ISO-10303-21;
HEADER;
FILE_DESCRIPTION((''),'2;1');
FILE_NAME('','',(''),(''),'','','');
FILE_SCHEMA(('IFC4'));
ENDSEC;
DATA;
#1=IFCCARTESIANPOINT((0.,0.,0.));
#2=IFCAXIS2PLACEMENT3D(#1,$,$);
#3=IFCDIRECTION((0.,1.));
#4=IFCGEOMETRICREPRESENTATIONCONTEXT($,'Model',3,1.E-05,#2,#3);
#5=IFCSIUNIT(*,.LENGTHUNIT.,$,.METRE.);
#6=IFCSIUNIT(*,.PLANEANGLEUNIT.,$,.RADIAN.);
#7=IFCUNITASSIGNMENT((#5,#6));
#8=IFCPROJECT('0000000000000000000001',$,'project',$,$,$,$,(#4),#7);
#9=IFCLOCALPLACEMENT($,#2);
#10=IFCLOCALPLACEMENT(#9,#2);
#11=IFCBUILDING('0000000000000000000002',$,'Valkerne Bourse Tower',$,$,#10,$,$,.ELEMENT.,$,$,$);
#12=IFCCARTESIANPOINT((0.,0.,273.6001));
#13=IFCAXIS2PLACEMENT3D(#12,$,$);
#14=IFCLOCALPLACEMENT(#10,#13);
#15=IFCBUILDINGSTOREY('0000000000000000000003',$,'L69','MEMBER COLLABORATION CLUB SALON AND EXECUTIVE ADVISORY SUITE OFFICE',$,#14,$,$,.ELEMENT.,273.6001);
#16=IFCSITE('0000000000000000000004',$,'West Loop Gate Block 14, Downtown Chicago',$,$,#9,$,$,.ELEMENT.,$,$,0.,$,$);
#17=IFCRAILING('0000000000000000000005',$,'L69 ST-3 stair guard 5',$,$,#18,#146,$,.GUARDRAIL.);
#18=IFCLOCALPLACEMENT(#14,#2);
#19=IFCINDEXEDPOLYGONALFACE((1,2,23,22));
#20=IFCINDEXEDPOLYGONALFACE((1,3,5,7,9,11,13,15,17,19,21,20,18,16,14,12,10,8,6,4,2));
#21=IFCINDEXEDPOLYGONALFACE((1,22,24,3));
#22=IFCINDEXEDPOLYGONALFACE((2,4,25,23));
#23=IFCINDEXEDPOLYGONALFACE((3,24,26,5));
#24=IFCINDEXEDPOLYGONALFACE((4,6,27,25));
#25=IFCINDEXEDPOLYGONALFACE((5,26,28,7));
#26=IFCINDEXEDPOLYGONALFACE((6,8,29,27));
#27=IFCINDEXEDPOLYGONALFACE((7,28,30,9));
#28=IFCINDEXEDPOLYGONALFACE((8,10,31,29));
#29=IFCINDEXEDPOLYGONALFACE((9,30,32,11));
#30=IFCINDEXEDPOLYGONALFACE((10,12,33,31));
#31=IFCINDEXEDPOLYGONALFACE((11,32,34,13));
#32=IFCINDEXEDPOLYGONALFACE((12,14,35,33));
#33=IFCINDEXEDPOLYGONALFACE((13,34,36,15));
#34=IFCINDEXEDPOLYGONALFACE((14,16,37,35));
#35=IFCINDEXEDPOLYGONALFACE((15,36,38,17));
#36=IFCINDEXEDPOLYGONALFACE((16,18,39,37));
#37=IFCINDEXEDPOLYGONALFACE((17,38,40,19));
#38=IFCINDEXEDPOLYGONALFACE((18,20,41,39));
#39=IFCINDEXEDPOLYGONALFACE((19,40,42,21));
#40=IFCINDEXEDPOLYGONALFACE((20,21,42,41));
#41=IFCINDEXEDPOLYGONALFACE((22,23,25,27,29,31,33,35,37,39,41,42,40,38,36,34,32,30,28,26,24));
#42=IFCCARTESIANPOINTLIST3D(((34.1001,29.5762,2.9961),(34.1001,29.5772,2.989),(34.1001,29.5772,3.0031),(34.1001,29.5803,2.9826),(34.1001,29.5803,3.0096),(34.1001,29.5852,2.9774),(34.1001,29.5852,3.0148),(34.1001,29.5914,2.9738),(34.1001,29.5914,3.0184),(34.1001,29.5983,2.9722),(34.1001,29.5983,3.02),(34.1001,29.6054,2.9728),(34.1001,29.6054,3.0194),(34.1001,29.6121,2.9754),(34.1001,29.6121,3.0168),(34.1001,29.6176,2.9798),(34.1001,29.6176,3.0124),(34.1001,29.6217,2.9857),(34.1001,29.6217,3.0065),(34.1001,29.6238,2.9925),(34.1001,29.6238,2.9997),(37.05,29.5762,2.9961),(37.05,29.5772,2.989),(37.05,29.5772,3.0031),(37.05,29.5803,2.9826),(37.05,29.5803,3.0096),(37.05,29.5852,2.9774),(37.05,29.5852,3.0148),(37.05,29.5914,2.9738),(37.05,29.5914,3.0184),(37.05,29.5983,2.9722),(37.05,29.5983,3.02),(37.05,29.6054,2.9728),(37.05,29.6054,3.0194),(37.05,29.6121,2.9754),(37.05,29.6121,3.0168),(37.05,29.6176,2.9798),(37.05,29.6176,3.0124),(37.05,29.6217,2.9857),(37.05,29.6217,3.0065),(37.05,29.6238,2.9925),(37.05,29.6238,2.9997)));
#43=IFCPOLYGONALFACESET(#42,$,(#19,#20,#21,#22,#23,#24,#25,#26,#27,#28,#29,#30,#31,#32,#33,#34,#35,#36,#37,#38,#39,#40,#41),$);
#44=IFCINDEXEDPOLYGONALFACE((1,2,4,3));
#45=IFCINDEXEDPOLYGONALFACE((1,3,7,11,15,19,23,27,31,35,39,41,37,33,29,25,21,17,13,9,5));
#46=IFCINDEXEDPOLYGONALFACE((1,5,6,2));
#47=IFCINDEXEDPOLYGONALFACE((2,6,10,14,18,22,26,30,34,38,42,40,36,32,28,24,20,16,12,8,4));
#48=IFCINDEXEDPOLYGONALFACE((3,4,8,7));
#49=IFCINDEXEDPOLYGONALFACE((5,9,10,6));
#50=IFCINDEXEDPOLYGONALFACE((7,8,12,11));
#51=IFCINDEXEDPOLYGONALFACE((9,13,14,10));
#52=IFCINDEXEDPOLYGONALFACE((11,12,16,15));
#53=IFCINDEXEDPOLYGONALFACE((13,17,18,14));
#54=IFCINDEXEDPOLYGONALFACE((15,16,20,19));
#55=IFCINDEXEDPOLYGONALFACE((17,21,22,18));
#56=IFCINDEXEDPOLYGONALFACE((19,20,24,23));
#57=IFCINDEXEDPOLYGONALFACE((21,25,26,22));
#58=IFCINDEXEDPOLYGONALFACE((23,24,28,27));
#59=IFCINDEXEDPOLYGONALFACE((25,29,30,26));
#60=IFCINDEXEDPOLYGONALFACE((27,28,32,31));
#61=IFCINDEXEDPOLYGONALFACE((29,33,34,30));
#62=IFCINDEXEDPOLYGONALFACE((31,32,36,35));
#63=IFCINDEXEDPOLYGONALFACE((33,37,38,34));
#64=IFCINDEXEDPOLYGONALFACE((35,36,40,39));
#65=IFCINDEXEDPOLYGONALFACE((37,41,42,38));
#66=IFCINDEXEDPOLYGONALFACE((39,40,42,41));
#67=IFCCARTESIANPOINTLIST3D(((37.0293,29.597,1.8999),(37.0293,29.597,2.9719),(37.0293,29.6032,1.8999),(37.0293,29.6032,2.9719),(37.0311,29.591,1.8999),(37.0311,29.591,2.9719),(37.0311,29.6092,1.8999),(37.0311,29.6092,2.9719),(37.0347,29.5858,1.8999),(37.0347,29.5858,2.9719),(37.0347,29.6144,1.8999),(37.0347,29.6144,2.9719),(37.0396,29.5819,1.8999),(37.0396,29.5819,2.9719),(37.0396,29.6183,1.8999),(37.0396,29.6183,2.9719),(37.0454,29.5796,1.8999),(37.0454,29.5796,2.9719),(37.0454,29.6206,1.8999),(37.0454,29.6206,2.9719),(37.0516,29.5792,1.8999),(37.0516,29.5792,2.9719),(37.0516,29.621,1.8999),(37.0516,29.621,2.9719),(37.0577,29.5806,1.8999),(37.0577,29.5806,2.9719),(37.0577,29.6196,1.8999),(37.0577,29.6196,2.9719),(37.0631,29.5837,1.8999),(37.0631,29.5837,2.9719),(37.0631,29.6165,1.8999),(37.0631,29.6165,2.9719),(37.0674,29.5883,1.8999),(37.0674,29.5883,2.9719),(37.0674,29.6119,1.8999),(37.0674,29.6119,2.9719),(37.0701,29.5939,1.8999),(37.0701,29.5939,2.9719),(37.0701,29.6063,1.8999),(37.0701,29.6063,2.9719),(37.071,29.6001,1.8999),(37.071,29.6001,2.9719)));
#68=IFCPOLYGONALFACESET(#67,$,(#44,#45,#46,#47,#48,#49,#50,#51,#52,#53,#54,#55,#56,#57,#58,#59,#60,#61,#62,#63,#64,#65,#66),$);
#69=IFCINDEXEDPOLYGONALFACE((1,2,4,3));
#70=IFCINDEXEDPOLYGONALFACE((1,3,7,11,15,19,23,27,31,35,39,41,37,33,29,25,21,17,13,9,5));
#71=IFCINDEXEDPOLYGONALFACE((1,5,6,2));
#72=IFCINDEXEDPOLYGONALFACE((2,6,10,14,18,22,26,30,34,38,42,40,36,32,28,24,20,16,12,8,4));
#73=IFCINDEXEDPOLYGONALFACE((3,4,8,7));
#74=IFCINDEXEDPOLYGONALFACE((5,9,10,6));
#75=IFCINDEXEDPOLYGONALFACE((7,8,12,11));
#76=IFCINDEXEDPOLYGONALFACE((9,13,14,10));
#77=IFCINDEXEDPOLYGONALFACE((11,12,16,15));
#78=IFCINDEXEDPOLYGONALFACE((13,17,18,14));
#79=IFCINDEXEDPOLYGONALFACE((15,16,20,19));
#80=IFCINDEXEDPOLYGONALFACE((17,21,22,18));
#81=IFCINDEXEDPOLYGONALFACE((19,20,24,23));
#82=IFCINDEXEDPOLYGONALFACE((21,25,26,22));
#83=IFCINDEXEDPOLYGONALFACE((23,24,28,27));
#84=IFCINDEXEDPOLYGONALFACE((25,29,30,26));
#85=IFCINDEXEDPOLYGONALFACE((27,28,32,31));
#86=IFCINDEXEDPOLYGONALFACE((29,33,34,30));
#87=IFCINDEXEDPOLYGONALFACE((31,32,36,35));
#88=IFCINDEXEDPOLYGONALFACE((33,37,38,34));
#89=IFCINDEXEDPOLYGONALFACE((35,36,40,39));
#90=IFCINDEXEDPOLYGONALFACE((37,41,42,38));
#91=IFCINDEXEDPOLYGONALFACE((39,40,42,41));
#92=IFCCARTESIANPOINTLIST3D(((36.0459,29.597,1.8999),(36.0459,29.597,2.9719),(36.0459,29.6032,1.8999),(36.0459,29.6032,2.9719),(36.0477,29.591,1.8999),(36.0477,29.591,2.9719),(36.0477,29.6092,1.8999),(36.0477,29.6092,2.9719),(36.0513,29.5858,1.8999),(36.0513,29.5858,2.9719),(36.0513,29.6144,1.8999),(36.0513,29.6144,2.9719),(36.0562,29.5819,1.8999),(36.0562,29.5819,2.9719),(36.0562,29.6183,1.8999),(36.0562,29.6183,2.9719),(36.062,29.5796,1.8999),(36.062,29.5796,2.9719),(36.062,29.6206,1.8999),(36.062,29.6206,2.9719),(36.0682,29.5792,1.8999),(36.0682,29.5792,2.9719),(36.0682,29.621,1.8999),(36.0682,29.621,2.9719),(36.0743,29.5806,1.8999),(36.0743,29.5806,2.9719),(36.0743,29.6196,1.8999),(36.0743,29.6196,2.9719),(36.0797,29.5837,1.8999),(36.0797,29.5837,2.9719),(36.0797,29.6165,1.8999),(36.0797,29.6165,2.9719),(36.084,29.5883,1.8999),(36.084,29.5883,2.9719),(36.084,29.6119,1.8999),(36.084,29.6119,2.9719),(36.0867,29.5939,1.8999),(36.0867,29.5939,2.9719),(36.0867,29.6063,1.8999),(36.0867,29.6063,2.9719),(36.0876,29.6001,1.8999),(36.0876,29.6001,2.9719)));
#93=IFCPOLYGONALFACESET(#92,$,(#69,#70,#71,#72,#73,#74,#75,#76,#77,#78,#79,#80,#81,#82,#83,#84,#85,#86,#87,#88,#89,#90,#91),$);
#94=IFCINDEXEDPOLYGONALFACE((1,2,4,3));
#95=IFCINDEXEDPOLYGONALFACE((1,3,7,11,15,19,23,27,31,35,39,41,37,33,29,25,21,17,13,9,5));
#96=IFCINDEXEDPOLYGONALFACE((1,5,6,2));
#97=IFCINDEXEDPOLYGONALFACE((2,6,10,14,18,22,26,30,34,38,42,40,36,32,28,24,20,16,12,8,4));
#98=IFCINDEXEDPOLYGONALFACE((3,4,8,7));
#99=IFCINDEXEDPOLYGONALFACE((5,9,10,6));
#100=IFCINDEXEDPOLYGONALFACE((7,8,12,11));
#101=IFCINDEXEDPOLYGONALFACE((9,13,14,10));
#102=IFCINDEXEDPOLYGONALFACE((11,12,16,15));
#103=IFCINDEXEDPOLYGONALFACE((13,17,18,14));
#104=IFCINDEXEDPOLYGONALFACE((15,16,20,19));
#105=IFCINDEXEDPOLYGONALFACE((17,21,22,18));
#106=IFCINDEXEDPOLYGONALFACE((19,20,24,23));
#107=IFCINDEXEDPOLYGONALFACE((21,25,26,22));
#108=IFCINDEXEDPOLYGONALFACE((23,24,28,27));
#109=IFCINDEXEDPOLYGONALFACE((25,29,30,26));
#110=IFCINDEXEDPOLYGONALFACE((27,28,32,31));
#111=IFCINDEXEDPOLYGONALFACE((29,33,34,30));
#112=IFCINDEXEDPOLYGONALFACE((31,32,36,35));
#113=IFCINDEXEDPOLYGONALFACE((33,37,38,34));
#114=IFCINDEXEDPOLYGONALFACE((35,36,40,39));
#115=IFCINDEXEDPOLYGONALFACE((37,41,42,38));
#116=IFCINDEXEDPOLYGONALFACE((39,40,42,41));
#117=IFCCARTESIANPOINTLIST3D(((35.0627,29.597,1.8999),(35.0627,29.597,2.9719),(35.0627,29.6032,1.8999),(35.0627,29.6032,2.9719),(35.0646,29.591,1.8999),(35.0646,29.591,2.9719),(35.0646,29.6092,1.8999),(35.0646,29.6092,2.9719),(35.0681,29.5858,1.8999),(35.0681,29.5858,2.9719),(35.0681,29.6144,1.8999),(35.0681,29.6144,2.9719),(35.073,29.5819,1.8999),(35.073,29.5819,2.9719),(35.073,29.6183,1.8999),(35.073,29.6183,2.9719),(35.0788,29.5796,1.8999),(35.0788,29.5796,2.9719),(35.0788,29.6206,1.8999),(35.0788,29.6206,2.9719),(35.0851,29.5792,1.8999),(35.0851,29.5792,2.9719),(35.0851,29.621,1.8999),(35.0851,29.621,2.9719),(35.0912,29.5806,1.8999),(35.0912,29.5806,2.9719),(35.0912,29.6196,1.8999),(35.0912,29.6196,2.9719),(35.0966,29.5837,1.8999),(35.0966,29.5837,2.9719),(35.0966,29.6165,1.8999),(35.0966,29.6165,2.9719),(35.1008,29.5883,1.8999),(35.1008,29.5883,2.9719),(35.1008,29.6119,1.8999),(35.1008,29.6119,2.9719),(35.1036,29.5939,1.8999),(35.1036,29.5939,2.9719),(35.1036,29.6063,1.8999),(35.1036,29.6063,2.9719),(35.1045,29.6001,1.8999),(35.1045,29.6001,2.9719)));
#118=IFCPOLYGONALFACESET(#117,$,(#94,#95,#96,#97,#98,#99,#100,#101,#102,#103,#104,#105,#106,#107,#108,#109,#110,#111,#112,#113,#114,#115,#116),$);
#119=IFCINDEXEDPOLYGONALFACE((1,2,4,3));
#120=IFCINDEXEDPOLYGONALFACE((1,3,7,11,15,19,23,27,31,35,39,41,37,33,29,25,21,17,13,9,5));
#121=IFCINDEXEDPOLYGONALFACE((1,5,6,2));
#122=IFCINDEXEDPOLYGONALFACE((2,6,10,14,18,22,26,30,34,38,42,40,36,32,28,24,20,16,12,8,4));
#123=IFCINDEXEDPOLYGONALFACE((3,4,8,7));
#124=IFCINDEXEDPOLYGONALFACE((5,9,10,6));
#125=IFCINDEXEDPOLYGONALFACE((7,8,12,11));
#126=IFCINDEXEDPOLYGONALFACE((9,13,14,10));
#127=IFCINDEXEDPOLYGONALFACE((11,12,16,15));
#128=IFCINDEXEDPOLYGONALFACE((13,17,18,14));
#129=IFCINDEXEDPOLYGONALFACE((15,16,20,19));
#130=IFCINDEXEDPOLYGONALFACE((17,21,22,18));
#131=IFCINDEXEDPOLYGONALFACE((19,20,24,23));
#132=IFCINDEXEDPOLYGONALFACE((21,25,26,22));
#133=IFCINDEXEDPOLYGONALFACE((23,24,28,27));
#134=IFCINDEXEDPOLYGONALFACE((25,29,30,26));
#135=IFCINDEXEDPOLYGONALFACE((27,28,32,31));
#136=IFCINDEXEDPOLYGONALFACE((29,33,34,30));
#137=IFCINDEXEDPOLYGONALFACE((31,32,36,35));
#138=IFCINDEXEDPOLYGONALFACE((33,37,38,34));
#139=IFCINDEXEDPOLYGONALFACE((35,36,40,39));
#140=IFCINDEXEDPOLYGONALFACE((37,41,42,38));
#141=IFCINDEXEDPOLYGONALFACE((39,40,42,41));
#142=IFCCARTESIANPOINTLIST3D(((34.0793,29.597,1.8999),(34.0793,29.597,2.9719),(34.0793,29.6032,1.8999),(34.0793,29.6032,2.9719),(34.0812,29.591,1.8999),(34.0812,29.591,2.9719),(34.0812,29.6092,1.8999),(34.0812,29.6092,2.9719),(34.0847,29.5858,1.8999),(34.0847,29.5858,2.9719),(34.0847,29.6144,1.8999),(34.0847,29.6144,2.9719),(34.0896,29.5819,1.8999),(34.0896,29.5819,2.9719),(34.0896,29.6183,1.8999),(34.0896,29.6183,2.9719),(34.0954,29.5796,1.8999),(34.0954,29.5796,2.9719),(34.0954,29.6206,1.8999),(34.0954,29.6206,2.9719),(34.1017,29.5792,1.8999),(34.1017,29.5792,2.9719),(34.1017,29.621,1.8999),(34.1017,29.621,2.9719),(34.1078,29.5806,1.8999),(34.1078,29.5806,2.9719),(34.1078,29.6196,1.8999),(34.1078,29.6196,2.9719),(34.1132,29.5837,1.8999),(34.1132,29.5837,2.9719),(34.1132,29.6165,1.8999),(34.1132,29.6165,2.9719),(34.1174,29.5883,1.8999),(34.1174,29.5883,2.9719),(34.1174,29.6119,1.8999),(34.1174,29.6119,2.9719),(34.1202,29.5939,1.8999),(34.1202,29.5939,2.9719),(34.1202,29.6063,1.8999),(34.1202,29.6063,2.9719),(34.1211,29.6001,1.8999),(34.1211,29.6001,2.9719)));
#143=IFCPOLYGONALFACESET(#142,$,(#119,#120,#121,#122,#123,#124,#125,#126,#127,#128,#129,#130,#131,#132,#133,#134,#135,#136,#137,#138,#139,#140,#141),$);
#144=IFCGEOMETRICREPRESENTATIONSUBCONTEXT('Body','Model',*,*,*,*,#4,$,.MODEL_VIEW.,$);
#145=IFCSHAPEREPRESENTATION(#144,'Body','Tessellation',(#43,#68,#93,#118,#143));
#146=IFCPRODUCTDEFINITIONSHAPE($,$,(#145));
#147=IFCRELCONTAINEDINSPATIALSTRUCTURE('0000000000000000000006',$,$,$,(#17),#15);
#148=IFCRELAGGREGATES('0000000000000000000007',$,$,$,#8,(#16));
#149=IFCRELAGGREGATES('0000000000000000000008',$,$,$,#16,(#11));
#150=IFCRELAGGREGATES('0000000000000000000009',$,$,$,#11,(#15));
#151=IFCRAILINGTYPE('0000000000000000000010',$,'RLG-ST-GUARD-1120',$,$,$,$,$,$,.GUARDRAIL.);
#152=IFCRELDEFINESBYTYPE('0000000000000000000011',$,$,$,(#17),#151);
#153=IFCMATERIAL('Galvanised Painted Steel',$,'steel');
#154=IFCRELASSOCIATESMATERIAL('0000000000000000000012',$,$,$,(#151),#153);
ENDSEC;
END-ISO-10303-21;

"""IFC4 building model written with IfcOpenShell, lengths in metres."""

from ifc_helpers import new_model, si_unit, direction, frame, origin, origin_2d, place, context, subcontext, project, spatial, circle, extrude, material, type_object, element, save


model = new_model("IFC4")

# Units and contexts
model_context = context("Model", 3, precision=1e-05, world=origin(), true_north=direction((0.0, 1.0)))
body_context = subcontext(model_context, "Body", "Model", "MODEL_VIEW")
ifc_project = project(units=[si_unit("LENGTHUNIT", "METRE"), si_unit("PLANEANGLEUNIT", "RADIAN")], contexts=[model_context])

# Site, building, storey
site_placement = place(None, origin())
site = spatial("IfcSite", under=ifc_project, at=site_placement, Name="West Loop Gate Block 14, Downtown Chicago", CompositionType="ELEMENT", RefElevation=0.0)
building_placement = place(site_placement, origin())
building = spatial("IfcBuilding", under=site, at=building_placement, Name="Valkerne Bourse Tower", CompositionType="ELEMENT")
storey_placement = place(building_placement, frame((0.0, 0.0, 273.6001)))
storey = spatial("IfcBuildingStorey", under=building, at=storey_placement, Name="L69", Description="MEMBER COLLABORATION CLUB SALON AND EXECUTIVE ADVISORY SUITE OFFICE", CompositionType="ELEMENT", Elevation=273.6001)

# Railing
ifc_material_1 = material(Name="Galvanised Painted Steel", Category="steel")
railing_type_1 = type_object("IfcRailingType", Name="RLG-ST-GUARD-1120", PredefinedType="GUARDRAIL", material=ifc_material_1)
railing_1_placement = place(storey_placement, frame((37.05, 29.6001, 1.8999)))
element("IfcRailing", 1, at=railing_1_placement, inside=storey, type_object=railing_type_1, Name="L69 ST-3 stair guard 5", PredefinedType="GUARDRAIL", context=body_context, shape_type="SweptSolid", body=[
    extrude(circle(Radius=0.0239, at=origin_2d()), frame((0.0, 0.0, 1.0962), z_axis=(-1.0, 0.0, 0.0), x_axis=(0.0, -1.0, 0.0)), (0.0, 0.0, 1.0), 2.95),
    extrude(circle(Radius=0.021, at=origin_2d()), origin(), (0.0, 0.0, 1.0), 1.072),
    extrude(circle(Radius=0.021, at=origin_2d()), frame((-0.9834, 0.0, 0.0)), (0.0, 0.0, 1.0), 1.072),
    extrude(circle(Radius=0.021, at=origin_2d()), frame((-1.9666, 0.0, 0.0)), (0.0, 0.0, 1.0), 1.072),
    extrude(circle(Radius=0.021, at=origin_2d()), frame((-2.95, 0.0, 0.0)), (0.0, 0.0, 1.0), 1.072),
])

save(model, "model.ifc")
